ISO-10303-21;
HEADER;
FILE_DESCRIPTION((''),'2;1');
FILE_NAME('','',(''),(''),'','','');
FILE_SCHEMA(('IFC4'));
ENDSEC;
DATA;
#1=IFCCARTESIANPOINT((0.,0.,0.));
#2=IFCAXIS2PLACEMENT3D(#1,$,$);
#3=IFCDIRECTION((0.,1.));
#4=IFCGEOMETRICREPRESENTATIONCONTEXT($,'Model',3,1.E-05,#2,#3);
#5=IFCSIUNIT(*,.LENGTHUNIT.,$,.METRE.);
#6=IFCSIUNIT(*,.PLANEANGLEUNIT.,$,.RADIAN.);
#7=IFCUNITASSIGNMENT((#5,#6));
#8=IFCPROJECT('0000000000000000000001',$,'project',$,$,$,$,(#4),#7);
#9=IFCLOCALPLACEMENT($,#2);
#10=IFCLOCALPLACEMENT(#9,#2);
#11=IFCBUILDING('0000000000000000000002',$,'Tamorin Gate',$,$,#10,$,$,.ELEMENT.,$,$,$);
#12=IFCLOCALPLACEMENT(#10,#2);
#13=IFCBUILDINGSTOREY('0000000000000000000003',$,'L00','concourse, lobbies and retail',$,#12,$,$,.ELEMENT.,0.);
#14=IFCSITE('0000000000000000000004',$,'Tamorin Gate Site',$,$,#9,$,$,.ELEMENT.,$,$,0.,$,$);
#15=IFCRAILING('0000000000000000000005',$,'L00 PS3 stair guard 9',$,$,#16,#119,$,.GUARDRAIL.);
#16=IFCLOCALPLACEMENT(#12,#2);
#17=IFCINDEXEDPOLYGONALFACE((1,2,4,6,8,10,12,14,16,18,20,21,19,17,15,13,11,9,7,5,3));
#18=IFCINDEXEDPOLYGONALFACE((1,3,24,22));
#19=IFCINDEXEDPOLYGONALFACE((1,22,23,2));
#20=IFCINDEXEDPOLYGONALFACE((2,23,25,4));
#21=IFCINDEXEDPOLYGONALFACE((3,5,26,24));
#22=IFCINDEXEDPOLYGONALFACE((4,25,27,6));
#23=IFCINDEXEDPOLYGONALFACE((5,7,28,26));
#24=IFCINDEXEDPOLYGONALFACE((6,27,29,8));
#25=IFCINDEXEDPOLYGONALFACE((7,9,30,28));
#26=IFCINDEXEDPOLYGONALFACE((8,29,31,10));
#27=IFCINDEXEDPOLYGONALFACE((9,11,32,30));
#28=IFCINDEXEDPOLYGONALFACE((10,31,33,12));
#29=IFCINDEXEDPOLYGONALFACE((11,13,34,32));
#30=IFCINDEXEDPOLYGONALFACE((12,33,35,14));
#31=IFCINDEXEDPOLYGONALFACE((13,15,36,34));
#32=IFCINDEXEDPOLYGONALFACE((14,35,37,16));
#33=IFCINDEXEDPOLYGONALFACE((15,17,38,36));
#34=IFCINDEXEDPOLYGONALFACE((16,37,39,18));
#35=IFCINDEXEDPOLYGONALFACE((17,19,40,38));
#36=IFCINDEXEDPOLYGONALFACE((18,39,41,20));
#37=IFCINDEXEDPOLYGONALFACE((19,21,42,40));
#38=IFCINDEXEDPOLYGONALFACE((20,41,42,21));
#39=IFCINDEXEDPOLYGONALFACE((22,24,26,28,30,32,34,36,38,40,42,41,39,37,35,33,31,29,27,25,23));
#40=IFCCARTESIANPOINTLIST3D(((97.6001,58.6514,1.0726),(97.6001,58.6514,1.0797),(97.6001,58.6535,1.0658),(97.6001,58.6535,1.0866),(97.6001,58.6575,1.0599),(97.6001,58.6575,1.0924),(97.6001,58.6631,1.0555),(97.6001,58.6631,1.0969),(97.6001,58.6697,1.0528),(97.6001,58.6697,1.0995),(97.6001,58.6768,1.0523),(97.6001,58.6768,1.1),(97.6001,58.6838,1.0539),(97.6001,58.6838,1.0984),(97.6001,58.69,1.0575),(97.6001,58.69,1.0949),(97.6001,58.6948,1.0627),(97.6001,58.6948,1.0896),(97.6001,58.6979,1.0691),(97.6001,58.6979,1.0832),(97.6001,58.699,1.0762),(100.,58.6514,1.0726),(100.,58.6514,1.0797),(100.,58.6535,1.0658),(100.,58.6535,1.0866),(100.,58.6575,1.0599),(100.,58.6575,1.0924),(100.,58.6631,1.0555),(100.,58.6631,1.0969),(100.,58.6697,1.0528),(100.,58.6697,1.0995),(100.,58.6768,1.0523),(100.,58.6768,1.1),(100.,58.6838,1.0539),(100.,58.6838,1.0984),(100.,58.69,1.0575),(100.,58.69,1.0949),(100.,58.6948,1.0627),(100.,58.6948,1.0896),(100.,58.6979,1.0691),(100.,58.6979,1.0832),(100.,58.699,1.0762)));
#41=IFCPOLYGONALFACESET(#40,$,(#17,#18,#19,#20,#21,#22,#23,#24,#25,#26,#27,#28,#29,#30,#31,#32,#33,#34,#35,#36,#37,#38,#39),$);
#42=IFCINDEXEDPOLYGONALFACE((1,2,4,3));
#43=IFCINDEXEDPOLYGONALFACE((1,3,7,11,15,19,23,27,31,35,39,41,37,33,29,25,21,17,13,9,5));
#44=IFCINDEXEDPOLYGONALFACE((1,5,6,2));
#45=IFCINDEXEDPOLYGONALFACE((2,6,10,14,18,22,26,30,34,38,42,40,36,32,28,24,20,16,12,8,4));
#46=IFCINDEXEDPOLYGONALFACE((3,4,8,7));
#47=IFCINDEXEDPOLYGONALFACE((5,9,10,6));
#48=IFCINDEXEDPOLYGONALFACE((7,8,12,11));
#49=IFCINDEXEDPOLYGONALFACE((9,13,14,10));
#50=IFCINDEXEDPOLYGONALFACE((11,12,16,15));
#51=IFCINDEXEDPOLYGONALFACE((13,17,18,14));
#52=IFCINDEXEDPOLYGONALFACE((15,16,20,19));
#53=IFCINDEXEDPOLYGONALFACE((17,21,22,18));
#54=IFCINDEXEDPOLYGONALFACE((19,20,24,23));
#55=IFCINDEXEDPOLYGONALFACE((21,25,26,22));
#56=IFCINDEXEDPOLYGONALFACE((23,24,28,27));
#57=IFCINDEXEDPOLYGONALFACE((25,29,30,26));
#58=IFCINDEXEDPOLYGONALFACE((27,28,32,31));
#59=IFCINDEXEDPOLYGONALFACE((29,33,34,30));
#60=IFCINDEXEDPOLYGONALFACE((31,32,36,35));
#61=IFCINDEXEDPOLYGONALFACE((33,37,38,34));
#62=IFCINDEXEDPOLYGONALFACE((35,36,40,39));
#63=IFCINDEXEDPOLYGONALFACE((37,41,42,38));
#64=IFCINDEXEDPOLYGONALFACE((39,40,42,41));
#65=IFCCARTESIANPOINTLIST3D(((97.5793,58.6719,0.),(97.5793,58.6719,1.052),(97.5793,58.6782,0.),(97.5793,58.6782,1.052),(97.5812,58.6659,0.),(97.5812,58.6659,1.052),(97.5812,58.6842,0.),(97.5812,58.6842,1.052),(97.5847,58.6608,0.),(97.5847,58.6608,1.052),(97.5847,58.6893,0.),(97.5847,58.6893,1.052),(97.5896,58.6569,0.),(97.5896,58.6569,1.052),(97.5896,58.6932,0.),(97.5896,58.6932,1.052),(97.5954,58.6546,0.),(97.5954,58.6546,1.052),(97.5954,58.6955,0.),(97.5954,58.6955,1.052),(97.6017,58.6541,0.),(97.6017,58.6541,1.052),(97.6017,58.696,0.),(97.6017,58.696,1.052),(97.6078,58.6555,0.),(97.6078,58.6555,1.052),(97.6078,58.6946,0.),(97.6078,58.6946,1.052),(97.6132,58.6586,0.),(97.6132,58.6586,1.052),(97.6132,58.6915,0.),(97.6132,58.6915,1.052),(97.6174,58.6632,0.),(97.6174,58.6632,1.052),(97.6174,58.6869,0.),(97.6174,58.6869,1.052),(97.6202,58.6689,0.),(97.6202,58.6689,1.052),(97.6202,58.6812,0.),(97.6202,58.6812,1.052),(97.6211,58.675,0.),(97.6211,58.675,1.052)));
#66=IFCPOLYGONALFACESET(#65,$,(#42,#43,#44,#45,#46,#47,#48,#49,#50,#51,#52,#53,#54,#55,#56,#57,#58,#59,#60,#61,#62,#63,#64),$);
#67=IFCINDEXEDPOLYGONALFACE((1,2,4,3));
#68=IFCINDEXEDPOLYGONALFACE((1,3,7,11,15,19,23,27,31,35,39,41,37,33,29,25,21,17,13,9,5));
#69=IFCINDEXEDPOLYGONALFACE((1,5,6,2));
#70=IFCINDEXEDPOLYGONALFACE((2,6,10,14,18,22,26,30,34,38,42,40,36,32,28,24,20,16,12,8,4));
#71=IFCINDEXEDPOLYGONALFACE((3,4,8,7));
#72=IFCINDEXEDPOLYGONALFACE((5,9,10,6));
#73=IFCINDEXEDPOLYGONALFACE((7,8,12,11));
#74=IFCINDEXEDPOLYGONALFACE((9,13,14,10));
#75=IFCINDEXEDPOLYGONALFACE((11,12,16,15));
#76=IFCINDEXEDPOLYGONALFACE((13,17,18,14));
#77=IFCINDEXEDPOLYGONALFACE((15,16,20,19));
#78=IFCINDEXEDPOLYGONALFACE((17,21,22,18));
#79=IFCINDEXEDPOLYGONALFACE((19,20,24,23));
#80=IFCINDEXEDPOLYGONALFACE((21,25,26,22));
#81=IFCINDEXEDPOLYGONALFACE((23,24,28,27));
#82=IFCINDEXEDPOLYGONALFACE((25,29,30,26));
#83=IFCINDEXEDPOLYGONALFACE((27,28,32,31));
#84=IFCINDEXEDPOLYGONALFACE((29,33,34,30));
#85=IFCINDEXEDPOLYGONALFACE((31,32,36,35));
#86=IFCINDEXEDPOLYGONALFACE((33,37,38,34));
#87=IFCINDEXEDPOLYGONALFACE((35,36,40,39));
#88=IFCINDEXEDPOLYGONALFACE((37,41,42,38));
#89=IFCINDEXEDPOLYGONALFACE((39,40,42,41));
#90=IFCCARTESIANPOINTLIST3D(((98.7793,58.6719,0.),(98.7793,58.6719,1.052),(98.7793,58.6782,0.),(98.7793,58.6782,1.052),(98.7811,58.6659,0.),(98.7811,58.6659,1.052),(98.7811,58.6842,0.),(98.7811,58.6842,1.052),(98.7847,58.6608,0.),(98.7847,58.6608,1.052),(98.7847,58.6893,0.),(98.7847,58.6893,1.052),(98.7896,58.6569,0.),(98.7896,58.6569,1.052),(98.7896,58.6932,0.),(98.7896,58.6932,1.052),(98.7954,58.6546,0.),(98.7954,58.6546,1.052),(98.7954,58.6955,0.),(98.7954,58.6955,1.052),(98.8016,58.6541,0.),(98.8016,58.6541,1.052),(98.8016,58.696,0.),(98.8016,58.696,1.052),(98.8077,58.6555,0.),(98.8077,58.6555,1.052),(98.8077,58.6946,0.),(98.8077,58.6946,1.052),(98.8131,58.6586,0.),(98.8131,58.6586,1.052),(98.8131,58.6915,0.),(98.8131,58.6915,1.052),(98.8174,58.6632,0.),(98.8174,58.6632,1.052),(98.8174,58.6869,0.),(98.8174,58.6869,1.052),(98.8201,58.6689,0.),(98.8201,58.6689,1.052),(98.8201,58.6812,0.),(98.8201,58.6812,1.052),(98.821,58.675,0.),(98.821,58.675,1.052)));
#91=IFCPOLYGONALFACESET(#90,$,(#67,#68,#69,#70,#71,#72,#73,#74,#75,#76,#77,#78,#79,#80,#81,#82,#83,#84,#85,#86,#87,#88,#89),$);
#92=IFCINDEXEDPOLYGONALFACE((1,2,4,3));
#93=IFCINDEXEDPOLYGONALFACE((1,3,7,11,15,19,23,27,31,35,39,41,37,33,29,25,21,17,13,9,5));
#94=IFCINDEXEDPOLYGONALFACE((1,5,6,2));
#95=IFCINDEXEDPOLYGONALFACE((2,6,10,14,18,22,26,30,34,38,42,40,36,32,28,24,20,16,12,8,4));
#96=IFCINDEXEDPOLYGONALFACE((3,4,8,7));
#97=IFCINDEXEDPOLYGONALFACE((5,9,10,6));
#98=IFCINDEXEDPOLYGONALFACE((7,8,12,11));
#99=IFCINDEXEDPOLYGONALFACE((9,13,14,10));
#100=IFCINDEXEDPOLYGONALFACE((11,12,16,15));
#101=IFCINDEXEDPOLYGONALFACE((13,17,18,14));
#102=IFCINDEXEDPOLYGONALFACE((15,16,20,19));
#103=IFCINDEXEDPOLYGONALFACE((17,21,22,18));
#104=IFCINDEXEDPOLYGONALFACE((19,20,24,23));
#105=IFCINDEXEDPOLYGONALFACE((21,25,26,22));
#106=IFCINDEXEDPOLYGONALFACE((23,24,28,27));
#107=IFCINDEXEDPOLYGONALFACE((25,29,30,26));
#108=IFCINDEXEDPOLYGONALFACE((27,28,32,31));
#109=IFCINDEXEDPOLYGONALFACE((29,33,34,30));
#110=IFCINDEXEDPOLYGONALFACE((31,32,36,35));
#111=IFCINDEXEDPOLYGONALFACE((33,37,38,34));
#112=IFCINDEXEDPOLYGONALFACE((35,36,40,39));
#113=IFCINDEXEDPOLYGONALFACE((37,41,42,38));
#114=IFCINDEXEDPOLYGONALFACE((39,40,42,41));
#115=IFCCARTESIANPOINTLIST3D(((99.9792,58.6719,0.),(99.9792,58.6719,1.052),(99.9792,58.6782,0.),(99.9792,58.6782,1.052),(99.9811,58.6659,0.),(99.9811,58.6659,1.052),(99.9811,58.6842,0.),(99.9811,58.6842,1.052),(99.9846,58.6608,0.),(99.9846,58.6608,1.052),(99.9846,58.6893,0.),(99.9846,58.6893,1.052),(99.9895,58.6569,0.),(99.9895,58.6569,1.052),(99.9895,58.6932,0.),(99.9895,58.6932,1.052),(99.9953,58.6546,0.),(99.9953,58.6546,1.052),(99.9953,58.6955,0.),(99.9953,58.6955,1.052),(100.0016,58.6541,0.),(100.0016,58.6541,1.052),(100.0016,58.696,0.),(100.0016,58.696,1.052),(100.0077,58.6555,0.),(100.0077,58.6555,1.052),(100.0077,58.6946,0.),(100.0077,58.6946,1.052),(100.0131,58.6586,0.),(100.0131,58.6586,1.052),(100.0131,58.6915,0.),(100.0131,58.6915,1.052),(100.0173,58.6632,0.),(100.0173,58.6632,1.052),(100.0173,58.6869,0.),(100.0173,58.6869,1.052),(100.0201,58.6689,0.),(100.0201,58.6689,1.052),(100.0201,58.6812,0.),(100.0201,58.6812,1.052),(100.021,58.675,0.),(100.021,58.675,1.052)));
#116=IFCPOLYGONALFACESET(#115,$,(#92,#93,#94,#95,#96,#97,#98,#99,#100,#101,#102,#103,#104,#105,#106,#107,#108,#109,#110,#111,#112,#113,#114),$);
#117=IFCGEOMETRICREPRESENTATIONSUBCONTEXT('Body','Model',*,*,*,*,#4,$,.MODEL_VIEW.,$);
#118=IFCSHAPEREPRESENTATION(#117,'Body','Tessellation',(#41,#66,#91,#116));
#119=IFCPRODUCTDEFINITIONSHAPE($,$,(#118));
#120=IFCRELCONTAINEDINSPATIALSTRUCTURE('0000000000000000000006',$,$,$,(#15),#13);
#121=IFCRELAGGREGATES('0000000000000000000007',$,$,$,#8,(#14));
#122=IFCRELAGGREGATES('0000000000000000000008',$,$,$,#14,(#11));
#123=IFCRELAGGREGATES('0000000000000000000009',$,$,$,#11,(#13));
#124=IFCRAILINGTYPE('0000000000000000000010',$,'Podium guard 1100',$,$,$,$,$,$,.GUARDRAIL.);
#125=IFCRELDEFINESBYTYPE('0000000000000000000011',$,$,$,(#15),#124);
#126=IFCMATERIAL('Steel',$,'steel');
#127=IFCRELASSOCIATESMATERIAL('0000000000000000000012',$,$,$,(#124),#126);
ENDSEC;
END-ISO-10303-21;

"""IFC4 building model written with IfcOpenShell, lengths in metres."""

from ifc_helpers import new_model, si_unit, direction, frame, origin, origin_2d, place, context, subcontext, project, spatial, circle, extrude, material, type_object, element, save


model = new_model("IFC4")

# Units and contexts
model_context = context("Model", 3, precision=1e-05, world=origin(), true_north=direction((0.0, 1.0)))
body_context = subcontext(model_context, "Body", "Model", "MODEL_VIEW")
ifc_project = project(units=[si_unit("LENGTHUNIT", "METRE"), si_unit("PLANEANGLEUNIT", "RADIAN")], contexts=[model_context])

# Site, building, storey
site_placement = place(None, origin())
site = spatial("IfcSite", under=ifc_project, at=site_placement, Name="Tamorin Gate Site", CompositionType="ELEMENT", RefElevation=0.0)
building_placement = place(site_placement, origin())
building = spatial("IfcBuilding", under=site, at=building_placement, Name="Tamorin Gate", CompositionType="ELEMENT")
storey_placement = place(building_placement, origin())
storey = spatial("IfcBuildingStorey", under=building, at=storey_placement, Name="L00", Description="concourse, lobbies and retail", CompositionType="ELEMENT", Elevation=0.0)

# Railing
ifc_material_1 = material(Name="Steel", Category="steel")
railing_type_1 = type_object("IfcRailingType", Name="Podium guard 1100", PredefinedType="GUARDRAIL", material=ifc_material_1)
for number, where, name in (
    (1, (97.6001, 58.675, 0.0), "L00 PS3 stair guard 9"),
):
    element("IfcRailing", number, at=place(storey_placement, frame(where)), inside=storey, type_object=railing_type_1, Name=name, PredefinedType="GUARDRAIL", context=body_context, shape_type="SweptSolid", body=[
        extrude(circle(Radius=0.0239, at=origin_2d()), frame((0.0, 0.0, 1.0762), z_axis=(1.0, 0.0, 0.0), x_axis=(0.0, 1.0, 0.0)), (0.0, 0.0, 1.0), 2.3999),
        extrude(circle(Radius=0.021, at=origin_2d()), origin(), (0.0, 0.0, 1.0), 1.052),
        extrude(circle(Radius=0.021, at=origin_2d()), frame((1.2, 0.0, 0.0)), (0.0, 0.0, 1.0), 1.052),
        extrude(circle(Radius=0.021, at=origin_2d()), frame((2.3999, 0.0, 0.0)), (0.0, 0.0, 1.0), 1.052),
    ])

save(model, "model.ifc")
